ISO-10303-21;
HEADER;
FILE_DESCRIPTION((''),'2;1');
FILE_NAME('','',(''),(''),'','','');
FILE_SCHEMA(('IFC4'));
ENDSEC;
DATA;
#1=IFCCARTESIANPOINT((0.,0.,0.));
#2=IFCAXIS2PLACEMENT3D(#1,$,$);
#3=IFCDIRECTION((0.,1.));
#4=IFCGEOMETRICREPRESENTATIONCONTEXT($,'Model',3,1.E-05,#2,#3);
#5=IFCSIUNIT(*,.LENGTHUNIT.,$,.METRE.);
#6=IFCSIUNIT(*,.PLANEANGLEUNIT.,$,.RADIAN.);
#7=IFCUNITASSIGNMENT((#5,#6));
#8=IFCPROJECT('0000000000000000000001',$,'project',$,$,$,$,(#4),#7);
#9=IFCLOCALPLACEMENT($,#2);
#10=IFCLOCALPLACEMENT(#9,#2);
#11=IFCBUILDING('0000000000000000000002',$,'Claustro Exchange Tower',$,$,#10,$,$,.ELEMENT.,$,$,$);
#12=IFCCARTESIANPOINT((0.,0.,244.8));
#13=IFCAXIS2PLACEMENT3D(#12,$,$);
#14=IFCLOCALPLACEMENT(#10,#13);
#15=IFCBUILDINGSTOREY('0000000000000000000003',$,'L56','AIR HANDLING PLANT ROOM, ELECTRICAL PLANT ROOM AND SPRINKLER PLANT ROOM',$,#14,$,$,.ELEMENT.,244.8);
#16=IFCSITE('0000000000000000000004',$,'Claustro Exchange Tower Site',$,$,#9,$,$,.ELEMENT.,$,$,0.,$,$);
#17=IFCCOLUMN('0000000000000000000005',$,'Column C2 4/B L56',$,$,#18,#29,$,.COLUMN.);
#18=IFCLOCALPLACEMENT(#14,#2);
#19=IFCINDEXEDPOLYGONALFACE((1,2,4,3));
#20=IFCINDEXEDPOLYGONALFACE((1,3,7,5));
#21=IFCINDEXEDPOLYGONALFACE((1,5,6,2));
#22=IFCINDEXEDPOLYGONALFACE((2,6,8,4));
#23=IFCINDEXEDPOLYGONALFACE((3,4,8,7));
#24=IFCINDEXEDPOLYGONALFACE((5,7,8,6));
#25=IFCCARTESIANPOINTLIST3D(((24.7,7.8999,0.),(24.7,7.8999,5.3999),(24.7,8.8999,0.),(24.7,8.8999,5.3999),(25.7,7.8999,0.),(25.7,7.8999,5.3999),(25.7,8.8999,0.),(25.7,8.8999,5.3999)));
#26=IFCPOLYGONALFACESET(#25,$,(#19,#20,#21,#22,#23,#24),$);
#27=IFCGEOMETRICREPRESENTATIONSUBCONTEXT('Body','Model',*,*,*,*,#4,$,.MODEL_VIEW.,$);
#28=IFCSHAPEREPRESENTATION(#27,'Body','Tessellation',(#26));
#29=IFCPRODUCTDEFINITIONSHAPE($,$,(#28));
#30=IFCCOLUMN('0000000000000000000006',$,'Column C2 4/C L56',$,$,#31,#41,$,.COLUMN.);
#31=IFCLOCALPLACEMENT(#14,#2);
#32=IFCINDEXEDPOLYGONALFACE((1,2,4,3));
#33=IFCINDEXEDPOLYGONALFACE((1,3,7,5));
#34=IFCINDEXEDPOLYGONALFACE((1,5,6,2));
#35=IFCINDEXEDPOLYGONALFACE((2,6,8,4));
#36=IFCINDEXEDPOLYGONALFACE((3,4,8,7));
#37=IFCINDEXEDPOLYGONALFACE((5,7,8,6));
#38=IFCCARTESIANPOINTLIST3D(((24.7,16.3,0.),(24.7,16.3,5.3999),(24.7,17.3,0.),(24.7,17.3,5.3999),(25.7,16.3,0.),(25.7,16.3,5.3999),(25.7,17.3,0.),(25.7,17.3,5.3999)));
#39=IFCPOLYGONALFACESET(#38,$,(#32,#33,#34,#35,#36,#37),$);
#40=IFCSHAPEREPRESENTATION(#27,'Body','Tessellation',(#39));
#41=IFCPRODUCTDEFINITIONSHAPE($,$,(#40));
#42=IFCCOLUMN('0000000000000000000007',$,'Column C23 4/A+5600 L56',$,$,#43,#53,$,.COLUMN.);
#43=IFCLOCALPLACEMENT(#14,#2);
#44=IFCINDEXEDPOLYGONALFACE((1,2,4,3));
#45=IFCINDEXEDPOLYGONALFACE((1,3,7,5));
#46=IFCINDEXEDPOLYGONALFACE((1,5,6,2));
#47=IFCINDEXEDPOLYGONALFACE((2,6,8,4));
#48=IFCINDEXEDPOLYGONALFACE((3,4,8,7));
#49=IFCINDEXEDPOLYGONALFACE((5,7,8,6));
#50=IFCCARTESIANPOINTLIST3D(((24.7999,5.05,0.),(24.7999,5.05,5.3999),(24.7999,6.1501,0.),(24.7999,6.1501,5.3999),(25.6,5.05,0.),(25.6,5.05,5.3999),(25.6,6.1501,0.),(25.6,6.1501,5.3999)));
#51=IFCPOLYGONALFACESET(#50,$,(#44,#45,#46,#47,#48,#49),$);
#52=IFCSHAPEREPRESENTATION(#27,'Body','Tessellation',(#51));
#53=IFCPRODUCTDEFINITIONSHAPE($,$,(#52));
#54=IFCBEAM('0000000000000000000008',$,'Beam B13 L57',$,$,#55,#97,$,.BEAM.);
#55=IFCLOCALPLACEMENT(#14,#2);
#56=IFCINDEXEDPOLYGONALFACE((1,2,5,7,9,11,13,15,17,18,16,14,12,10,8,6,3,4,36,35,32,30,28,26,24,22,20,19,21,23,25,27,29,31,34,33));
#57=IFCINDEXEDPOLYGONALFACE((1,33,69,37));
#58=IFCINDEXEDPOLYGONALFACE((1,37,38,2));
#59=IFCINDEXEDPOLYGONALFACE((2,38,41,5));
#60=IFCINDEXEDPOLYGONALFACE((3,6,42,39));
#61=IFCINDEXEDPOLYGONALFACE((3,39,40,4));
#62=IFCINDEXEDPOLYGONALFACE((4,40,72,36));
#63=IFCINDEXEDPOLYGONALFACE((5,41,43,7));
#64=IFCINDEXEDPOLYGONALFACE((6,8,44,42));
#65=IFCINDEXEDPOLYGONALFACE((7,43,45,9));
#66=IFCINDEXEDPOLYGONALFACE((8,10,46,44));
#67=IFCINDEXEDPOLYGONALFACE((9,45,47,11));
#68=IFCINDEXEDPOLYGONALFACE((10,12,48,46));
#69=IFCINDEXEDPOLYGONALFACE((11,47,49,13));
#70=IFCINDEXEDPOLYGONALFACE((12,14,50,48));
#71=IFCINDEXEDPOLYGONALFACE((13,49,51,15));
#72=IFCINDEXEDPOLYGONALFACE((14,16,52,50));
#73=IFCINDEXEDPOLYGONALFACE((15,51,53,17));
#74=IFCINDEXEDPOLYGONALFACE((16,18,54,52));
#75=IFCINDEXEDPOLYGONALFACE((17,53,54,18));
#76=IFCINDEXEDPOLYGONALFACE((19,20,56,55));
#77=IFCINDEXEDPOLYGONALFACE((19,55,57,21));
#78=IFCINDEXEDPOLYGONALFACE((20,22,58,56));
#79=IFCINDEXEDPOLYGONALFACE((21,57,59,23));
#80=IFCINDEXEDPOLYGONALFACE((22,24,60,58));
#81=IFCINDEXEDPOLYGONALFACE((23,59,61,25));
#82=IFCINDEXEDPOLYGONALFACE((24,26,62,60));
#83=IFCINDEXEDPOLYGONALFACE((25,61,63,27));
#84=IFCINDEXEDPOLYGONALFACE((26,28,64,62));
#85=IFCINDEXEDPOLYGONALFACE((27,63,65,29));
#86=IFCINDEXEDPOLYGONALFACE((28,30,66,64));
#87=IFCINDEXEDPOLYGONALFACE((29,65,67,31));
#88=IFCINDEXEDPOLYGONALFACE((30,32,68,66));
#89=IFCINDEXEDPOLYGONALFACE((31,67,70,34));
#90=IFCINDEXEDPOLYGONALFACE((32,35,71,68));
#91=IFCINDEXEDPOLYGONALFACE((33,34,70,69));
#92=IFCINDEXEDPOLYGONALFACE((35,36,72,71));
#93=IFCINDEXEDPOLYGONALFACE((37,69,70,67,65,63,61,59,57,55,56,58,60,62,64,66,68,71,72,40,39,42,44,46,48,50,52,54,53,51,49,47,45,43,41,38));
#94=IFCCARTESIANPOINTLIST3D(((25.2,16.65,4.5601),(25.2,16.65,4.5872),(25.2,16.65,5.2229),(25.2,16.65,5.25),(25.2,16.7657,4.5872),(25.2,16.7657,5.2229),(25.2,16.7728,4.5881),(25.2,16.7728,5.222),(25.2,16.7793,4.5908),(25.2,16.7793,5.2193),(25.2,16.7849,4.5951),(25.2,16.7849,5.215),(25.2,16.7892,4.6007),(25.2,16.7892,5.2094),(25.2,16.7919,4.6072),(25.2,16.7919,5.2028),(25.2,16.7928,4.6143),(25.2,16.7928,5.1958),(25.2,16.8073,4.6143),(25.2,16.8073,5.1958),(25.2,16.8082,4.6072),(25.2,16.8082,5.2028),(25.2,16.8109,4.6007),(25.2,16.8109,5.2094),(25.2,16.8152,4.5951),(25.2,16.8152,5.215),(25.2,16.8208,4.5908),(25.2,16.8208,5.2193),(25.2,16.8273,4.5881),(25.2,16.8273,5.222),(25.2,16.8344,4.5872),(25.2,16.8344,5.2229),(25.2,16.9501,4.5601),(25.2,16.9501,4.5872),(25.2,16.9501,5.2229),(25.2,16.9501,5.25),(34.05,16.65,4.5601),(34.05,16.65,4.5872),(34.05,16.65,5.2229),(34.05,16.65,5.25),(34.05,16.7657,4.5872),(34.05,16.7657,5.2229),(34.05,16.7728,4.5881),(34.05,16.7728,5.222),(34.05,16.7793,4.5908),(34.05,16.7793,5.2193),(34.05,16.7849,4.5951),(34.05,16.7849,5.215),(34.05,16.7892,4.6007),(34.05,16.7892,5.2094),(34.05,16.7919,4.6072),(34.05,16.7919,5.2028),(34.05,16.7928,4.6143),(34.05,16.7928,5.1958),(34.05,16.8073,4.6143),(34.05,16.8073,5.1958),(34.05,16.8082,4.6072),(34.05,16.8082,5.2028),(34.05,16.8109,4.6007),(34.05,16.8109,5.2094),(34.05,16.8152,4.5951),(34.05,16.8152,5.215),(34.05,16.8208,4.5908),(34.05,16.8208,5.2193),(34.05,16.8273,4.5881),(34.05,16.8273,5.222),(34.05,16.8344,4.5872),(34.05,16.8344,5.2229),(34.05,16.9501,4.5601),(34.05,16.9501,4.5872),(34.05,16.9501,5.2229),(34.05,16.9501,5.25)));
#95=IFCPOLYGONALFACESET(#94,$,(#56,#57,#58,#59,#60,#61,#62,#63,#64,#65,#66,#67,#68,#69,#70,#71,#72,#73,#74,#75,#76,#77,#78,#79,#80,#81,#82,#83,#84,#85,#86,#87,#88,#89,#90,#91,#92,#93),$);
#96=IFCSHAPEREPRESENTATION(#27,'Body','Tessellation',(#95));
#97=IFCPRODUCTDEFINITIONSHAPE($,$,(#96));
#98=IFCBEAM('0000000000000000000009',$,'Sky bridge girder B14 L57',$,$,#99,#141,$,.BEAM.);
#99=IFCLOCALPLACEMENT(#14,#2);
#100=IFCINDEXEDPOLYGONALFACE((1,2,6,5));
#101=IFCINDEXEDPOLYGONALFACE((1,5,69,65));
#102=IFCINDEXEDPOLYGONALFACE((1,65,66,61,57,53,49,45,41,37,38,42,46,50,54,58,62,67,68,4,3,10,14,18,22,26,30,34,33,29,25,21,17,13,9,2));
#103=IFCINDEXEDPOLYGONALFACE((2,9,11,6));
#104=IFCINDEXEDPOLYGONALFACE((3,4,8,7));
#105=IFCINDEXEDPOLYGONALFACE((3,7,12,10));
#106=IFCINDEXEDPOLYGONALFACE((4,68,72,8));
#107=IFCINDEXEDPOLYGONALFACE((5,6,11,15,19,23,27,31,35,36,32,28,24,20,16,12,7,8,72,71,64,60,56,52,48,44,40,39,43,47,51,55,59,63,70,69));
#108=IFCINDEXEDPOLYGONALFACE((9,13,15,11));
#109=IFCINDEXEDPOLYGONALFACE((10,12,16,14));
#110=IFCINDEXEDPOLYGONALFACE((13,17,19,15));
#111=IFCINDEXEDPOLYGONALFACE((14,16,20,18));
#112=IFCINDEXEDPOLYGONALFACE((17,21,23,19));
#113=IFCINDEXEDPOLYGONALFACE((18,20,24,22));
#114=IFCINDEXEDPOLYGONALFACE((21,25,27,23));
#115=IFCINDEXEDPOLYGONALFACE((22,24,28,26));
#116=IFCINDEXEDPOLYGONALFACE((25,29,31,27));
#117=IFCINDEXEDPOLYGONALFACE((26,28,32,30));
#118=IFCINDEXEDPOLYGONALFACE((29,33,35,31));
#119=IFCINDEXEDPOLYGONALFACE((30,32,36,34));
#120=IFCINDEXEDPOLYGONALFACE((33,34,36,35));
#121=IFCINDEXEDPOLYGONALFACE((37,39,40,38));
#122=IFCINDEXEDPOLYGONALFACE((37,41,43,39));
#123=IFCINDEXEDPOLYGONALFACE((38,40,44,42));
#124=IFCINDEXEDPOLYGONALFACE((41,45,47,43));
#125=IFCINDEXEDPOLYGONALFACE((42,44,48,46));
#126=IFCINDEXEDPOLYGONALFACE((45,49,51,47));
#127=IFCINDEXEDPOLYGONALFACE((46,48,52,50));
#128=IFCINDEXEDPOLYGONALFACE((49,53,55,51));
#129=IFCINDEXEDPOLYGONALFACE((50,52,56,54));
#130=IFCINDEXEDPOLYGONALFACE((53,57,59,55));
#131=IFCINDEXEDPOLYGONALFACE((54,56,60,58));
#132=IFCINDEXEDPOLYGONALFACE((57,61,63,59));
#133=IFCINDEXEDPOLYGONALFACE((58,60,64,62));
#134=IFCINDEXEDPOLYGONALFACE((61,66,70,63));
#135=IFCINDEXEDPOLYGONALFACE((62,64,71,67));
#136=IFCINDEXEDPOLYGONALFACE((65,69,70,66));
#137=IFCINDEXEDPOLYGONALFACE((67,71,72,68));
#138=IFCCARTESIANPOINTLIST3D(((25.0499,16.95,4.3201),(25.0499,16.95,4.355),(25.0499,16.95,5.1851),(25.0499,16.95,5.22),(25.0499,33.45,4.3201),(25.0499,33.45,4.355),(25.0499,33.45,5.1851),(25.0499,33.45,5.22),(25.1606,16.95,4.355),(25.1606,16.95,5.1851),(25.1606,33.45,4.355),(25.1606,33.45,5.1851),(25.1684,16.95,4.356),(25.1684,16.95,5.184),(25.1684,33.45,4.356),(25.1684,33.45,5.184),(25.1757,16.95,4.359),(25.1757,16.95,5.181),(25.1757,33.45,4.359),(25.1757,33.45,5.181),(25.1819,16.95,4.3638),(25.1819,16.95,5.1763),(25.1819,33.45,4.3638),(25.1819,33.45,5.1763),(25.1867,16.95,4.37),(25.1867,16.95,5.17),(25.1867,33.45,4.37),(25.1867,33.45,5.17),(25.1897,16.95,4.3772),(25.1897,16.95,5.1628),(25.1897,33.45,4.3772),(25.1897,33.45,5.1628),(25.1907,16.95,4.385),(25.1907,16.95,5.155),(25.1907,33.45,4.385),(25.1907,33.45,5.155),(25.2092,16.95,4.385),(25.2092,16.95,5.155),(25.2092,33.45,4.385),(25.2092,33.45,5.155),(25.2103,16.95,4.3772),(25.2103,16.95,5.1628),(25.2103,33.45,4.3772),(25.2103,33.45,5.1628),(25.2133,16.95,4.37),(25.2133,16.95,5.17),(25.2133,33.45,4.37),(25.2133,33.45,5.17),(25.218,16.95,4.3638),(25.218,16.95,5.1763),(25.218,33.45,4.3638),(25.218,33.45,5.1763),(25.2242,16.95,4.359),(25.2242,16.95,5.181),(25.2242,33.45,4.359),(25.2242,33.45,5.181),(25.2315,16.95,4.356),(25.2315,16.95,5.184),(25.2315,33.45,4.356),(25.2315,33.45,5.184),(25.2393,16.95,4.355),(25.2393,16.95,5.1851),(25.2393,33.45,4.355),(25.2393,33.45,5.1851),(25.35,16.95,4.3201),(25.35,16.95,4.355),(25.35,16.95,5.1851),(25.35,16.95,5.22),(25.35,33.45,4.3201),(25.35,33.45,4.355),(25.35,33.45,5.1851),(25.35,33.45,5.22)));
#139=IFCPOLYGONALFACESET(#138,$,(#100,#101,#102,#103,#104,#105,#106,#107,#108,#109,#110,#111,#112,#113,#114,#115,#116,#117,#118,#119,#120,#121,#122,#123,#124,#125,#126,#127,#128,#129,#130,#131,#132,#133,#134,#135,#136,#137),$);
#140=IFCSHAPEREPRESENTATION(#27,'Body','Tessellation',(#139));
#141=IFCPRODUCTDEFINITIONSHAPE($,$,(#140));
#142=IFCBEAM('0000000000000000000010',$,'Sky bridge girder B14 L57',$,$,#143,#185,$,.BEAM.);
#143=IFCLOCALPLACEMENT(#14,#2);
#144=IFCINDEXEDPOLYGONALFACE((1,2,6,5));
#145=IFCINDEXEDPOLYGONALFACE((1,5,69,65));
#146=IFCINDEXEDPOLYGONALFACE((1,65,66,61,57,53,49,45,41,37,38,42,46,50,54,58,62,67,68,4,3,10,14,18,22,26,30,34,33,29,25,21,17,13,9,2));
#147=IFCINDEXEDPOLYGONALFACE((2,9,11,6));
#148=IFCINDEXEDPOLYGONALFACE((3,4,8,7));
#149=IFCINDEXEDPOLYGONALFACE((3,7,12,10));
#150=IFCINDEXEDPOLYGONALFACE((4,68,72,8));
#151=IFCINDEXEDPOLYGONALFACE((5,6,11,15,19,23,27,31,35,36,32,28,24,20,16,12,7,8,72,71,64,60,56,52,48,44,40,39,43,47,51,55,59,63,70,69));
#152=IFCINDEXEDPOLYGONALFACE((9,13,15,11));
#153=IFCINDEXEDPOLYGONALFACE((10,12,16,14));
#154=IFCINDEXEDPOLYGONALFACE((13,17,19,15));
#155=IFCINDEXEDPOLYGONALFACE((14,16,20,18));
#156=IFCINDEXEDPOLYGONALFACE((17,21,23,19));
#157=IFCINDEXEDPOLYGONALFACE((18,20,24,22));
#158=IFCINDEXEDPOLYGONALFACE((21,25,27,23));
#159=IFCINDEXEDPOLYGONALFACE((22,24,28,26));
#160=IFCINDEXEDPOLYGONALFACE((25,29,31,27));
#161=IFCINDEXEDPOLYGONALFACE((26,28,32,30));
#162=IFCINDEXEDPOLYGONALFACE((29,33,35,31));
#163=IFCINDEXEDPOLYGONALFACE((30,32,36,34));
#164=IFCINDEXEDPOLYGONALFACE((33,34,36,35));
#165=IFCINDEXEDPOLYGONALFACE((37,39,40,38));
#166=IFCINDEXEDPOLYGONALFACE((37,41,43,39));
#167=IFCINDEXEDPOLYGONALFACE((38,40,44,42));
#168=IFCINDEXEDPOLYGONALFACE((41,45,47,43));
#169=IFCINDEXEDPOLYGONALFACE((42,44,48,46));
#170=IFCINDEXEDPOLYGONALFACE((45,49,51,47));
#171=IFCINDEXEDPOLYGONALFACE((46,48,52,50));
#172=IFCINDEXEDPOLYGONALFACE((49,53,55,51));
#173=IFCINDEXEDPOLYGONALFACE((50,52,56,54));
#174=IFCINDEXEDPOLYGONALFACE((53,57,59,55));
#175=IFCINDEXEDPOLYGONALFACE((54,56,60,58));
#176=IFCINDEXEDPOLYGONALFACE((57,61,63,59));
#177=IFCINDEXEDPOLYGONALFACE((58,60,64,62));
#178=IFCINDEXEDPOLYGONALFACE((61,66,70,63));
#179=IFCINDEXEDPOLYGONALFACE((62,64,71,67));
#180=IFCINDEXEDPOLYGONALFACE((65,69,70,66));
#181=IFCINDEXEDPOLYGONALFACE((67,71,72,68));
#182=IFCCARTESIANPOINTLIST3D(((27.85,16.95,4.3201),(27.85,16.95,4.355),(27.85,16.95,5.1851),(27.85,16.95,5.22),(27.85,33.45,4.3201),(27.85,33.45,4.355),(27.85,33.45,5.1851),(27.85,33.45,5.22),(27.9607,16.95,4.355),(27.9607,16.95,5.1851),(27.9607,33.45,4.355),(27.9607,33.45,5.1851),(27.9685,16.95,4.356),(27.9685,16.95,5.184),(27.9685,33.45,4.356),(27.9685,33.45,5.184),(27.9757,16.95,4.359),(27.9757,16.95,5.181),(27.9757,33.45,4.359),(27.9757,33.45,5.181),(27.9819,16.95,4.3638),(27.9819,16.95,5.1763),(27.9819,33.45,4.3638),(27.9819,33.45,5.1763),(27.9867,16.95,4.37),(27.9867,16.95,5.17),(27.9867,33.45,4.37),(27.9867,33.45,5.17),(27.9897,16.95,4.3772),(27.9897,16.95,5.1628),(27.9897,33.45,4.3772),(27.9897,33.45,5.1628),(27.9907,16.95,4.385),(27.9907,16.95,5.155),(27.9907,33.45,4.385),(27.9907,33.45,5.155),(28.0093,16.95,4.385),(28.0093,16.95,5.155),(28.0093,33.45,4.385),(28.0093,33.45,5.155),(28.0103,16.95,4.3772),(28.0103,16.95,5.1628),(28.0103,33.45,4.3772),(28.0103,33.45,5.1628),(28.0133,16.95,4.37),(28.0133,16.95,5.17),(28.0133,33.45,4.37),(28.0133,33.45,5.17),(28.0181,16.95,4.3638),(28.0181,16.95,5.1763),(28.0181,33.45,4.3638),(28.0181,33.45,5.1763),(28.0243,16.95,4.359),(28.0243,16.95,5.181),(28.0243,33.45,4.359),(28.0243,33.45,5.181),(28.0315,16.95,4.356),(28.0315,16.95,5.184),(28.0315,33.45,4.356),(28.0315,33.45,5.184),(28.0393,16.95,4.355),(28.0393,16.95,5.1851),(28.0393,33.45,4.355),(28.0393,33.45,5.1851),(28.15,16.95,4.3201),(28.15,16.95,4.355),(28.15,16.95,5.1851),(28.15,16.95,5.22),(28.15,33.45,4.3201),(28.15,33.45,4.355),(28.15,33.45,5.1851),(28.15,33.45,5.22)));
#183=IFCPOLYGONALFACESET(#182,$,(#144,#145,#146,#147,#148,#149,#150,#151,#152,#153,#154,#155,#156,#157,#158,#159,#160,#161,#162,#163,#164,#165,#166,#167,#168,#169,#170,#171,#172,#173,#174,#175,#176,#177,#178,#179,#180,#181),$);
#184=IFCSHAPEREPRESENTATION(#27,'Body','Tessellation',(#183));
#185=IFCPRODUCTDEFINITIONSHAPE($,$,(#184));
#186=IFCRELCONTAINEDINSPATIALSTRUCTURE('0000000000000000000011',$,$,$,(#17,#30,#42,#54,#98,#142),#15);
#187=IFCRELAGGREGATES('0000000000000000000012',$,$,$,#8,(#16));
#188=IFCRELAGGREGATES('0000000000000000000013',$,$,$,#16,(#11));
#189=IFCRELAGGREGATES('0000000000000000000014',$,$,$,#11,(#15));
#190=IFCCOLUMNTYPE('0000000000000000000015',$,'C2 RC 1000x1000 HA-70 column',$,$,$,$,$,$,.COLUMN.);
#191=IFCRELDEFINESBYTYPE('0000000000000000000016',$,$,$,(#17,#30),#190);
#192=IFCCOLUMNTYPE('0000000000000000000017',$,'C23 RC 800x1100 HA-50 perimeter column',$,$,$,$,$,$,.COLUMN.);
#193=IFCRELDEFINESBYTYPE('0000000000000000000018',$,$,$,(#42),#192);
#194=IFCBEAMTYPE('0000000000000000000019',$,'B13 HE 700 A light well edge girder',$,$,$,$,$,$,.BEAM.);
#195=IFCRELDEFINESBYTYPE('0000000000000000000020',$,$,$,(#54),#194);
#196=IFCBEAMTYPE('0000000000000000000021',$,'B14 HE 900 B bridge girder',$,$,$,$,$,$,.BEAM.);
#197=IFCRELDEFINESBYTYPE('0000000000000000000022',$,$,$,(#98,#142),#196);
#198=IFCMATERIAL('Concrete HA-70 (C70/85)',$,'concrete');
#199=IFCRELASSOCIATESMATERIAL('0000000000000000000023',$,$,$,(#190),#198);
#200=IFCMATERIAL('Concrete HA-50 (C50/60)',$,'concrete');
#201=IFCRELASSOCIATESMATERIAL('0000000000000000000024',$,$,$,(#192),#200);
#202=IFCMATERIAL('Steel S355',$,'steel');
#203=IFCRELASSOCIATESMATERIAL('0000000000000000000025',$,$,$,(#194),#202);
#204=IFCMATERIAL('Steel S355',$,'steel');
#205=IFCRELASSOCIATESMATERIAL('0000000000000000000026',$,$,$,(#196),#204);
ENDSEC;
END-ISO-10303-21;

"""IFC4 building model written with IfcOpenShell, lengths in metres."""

from ifc_helpers import new_model, si_unit, direction, frame, origin, origin_2d, place, context, subcontext, project, spatial, rectangle, i_section, extrude, material, material_profile, profile_set, type_object, element, save


model = new_model("IFC4")

# Units and contexts
model_context = context("Model", 3, precision=1e-05, world=origin(), true_north=direction((0.0, 1.0)))
body_context = subcontext(model_context, "Body", "Model", "MODEL_VIEW")
ifc_project = project(units=[si_unit("LENGTHUNIT", "METRE"), si_unit("PLANEANGLEUNIT", "RADIAN")], contexts=[model_context])

# Site, building, storey
site_placement = place(None, origin())
site = spatial("IfcSite", under=ifc_project, at=site_placement, Name="Claustro Exchange Tower Site", CompositionType="ELEMENT", RefElevation=0.0)
building_placement = place(site_placement, origin())
building = spatial("IfcBuilding", under=site, at=building_placement, Name="Claustro Exchange Tower", CompositionType="ELEMENT")
storey_placement = place(building_placement, frame((0.0, 0.0, 244.8)))
storey = spatial("IfcBuildingStorey", under=building, at=storey_placement, Name="L56", Description="AIR HANDLING PLANT ROOM, ELECTRICAL PLANT ROOM AND SPRINKLER PLANT ROOM", CompositionType="ELEMENT", Elevation=244.8)

# Columns
ifc_material_1 = material(Name="Concrete HA-70 (C70/85)", Category="concrete")
ifc_material_profile_1 = material_profile(ifc_material_1, rectangle(XDim=1.0, YDim=1.0, at=origin_2d()), Name="RC 1000x1000")
ifc_profile_set_1 = profile_set([ifc_material_profile_1], Name="Concrete HA-70 (C70/85)")
column_type_1 = type_object("IfcColumnType", Name="C2 RC 1000x1000 HA-70 column", PredefinedType="COLUMN", material=ifc_profile_set_1)
for number, where, z_axis, x_axis, name in (
    (1, (25.2, 8.3999, 0.0), (0.0, 0.0, 1.0), (1.0, 0.0, 0.0), "Column C2 4/B L56"),
    (2, (25.2, 16.8, 0.0), (0.0, 0.0, 1.0), (1.0, 0.0, 0.0), "Column C2 4/C L56"),
):
    element("IfcColumn", number, at=place(storey_placement, frame(where, z_axis=z_axis, x_axis=x_axis)), inside=storey, type_object=column_type_1, Name=name, PredefinedType="COLUMN", context=body_context, shape_type="SweptSolid", body=[
        extrude(rectangle(XDim=1.0, YDim=1.0, at=origin_2d()), origin(), (0.0, 0.0, 1.0), 5.3999),
    ])
ifc_material_2 = material(Name="Concrete HA-50 (C50/60)", Category="concrete")
ifc_material_profile_2 = material_profile(ifc_material_2, rectangle(XDim=0.8, YDim=1.1001, at=origin_2d()), Name="RC 800x1100")
ifc_profile_set_2 = profile_set([ifc_material_profile_2], Name="Concrete HA-50 (C50/60)")
column_type_2 = type_object("IfcColumnType", Name="C23 RC 800x1100 HA-50 perimeter column", PredefinedType="COLUMN", material=ifc_profile_set_2)
column_placement = place(storey_placement, frame((25.2, 5.6001, 0.0), z_axis=(0.0, 0.0, 1.0), x_axis=(1.0, 0.0, 0.0)))
element("IfcColumn", 3, at=column_placement, inside=storey, type_object=column_type_2, Name="Column C23 4/A+5600 L56", PredefinedType="COLUMN", context=body_context, shape_type="SweptSolid", body=[
    extrude(rectangle(XDim=0.8, YDim=1.1001, at=origin_2d()), origin(), (0.0, 0.0, 1.0), 5.3999),
])

# Beams
ifc_material_3 = material(Name="Steel S355", Category="steel")
ifc_material_profile_3 = material_profile(ifc_material_3, i_section(OverallWidth=0.3, OverallDepth=0.6899, WebThickness=0.0144, FlangeThickness=0.0271, FilletRadius=0.0271, at=origin_2d()), Name="HE 700 A")
ifc_profile_set_3 = profile_set([ifc_material_profile_3], Name="Steel S355")
beam_type_1 = type_object("IfcBeamType", Name="B13 HE 700 A light well edge girder", PredefinedType="BEAM", material=ifc_profile_set_3)
beam_1_placement = place(storey_placement, frame((25.2, 16.8, 4.905), z_axis=(1.0, 0.0, 0.0), x_axis=(0.0, 1.0, 0.0)))
element("IfcBeam", 4, at=beam_1_placement, inside=storey, type_object=beam_type_1, Name="Beam B13 L57", PredefinedType="BEAM", context=body_context, shape_type="SweptSolid", body=[
    extrude(i_section(OverallWidth=0.3, OverallDepth=0.6899, WebThickness=0.0144, FlangeThickness=0.0271, FilletRadius=0.0271, at=origin_2d()), origin(), (0.0, 0.0, 1.0), 8.8501),
])
ifc_material_4 = material(Name="Steel S355", Category="steel")
ifc_material_profile_4 = material_profile(ifc_material_4, i_section(OverallWidth=0.3, OverallDepth=0.8999, WebThickness=0.0186, FlangeThickness=0.0349, FilletRadius=0.03, at=origin_2d()), Name="HE 900 B")
ifc_profile_set_4 = profile_set([ifc_material_profile_4], Name="Steel S355")
beam_type_2 = type_object("IfcBeamType", Name="B14 HE 900 B bridge girder", PredefinedType="BEAM", material=ifc_profile_set_4)
for number, where, z_axis, x_axis, name in (
    (5, (25.2, 16.95, 4.77), (0.0, 1.0, 0.0), (-1.0, 0.0, 0.0), "Sky bridge girder B14 L57"),
    (6, (28.0, 16.95, 4.77), (0.0, 1.0, 0.0), (-1.0, 0.0, 0.0), "Sky bridge girder B14 L57"),
):
    element("IfcBeam", number, at=place(storey_placement, frame(where, z_axis=z_axis, x_axis=x_axis)), inside=storey, type_object=beam_type_2, Name=name, PredefinedType="BEAM", context=body_context, shape_type="SweptSolid", body=[
        extrude(i_section(OverallWidth=0.3, OverallDepth=0.8999, WebThickness=0.0186, FlangeThickness=0.0349, FilletRadius=0.03, at=origin_2d()), origin(), (0.0, 0.0, 1.0), 16.5),
    ])

save(model, "model.ifc")
